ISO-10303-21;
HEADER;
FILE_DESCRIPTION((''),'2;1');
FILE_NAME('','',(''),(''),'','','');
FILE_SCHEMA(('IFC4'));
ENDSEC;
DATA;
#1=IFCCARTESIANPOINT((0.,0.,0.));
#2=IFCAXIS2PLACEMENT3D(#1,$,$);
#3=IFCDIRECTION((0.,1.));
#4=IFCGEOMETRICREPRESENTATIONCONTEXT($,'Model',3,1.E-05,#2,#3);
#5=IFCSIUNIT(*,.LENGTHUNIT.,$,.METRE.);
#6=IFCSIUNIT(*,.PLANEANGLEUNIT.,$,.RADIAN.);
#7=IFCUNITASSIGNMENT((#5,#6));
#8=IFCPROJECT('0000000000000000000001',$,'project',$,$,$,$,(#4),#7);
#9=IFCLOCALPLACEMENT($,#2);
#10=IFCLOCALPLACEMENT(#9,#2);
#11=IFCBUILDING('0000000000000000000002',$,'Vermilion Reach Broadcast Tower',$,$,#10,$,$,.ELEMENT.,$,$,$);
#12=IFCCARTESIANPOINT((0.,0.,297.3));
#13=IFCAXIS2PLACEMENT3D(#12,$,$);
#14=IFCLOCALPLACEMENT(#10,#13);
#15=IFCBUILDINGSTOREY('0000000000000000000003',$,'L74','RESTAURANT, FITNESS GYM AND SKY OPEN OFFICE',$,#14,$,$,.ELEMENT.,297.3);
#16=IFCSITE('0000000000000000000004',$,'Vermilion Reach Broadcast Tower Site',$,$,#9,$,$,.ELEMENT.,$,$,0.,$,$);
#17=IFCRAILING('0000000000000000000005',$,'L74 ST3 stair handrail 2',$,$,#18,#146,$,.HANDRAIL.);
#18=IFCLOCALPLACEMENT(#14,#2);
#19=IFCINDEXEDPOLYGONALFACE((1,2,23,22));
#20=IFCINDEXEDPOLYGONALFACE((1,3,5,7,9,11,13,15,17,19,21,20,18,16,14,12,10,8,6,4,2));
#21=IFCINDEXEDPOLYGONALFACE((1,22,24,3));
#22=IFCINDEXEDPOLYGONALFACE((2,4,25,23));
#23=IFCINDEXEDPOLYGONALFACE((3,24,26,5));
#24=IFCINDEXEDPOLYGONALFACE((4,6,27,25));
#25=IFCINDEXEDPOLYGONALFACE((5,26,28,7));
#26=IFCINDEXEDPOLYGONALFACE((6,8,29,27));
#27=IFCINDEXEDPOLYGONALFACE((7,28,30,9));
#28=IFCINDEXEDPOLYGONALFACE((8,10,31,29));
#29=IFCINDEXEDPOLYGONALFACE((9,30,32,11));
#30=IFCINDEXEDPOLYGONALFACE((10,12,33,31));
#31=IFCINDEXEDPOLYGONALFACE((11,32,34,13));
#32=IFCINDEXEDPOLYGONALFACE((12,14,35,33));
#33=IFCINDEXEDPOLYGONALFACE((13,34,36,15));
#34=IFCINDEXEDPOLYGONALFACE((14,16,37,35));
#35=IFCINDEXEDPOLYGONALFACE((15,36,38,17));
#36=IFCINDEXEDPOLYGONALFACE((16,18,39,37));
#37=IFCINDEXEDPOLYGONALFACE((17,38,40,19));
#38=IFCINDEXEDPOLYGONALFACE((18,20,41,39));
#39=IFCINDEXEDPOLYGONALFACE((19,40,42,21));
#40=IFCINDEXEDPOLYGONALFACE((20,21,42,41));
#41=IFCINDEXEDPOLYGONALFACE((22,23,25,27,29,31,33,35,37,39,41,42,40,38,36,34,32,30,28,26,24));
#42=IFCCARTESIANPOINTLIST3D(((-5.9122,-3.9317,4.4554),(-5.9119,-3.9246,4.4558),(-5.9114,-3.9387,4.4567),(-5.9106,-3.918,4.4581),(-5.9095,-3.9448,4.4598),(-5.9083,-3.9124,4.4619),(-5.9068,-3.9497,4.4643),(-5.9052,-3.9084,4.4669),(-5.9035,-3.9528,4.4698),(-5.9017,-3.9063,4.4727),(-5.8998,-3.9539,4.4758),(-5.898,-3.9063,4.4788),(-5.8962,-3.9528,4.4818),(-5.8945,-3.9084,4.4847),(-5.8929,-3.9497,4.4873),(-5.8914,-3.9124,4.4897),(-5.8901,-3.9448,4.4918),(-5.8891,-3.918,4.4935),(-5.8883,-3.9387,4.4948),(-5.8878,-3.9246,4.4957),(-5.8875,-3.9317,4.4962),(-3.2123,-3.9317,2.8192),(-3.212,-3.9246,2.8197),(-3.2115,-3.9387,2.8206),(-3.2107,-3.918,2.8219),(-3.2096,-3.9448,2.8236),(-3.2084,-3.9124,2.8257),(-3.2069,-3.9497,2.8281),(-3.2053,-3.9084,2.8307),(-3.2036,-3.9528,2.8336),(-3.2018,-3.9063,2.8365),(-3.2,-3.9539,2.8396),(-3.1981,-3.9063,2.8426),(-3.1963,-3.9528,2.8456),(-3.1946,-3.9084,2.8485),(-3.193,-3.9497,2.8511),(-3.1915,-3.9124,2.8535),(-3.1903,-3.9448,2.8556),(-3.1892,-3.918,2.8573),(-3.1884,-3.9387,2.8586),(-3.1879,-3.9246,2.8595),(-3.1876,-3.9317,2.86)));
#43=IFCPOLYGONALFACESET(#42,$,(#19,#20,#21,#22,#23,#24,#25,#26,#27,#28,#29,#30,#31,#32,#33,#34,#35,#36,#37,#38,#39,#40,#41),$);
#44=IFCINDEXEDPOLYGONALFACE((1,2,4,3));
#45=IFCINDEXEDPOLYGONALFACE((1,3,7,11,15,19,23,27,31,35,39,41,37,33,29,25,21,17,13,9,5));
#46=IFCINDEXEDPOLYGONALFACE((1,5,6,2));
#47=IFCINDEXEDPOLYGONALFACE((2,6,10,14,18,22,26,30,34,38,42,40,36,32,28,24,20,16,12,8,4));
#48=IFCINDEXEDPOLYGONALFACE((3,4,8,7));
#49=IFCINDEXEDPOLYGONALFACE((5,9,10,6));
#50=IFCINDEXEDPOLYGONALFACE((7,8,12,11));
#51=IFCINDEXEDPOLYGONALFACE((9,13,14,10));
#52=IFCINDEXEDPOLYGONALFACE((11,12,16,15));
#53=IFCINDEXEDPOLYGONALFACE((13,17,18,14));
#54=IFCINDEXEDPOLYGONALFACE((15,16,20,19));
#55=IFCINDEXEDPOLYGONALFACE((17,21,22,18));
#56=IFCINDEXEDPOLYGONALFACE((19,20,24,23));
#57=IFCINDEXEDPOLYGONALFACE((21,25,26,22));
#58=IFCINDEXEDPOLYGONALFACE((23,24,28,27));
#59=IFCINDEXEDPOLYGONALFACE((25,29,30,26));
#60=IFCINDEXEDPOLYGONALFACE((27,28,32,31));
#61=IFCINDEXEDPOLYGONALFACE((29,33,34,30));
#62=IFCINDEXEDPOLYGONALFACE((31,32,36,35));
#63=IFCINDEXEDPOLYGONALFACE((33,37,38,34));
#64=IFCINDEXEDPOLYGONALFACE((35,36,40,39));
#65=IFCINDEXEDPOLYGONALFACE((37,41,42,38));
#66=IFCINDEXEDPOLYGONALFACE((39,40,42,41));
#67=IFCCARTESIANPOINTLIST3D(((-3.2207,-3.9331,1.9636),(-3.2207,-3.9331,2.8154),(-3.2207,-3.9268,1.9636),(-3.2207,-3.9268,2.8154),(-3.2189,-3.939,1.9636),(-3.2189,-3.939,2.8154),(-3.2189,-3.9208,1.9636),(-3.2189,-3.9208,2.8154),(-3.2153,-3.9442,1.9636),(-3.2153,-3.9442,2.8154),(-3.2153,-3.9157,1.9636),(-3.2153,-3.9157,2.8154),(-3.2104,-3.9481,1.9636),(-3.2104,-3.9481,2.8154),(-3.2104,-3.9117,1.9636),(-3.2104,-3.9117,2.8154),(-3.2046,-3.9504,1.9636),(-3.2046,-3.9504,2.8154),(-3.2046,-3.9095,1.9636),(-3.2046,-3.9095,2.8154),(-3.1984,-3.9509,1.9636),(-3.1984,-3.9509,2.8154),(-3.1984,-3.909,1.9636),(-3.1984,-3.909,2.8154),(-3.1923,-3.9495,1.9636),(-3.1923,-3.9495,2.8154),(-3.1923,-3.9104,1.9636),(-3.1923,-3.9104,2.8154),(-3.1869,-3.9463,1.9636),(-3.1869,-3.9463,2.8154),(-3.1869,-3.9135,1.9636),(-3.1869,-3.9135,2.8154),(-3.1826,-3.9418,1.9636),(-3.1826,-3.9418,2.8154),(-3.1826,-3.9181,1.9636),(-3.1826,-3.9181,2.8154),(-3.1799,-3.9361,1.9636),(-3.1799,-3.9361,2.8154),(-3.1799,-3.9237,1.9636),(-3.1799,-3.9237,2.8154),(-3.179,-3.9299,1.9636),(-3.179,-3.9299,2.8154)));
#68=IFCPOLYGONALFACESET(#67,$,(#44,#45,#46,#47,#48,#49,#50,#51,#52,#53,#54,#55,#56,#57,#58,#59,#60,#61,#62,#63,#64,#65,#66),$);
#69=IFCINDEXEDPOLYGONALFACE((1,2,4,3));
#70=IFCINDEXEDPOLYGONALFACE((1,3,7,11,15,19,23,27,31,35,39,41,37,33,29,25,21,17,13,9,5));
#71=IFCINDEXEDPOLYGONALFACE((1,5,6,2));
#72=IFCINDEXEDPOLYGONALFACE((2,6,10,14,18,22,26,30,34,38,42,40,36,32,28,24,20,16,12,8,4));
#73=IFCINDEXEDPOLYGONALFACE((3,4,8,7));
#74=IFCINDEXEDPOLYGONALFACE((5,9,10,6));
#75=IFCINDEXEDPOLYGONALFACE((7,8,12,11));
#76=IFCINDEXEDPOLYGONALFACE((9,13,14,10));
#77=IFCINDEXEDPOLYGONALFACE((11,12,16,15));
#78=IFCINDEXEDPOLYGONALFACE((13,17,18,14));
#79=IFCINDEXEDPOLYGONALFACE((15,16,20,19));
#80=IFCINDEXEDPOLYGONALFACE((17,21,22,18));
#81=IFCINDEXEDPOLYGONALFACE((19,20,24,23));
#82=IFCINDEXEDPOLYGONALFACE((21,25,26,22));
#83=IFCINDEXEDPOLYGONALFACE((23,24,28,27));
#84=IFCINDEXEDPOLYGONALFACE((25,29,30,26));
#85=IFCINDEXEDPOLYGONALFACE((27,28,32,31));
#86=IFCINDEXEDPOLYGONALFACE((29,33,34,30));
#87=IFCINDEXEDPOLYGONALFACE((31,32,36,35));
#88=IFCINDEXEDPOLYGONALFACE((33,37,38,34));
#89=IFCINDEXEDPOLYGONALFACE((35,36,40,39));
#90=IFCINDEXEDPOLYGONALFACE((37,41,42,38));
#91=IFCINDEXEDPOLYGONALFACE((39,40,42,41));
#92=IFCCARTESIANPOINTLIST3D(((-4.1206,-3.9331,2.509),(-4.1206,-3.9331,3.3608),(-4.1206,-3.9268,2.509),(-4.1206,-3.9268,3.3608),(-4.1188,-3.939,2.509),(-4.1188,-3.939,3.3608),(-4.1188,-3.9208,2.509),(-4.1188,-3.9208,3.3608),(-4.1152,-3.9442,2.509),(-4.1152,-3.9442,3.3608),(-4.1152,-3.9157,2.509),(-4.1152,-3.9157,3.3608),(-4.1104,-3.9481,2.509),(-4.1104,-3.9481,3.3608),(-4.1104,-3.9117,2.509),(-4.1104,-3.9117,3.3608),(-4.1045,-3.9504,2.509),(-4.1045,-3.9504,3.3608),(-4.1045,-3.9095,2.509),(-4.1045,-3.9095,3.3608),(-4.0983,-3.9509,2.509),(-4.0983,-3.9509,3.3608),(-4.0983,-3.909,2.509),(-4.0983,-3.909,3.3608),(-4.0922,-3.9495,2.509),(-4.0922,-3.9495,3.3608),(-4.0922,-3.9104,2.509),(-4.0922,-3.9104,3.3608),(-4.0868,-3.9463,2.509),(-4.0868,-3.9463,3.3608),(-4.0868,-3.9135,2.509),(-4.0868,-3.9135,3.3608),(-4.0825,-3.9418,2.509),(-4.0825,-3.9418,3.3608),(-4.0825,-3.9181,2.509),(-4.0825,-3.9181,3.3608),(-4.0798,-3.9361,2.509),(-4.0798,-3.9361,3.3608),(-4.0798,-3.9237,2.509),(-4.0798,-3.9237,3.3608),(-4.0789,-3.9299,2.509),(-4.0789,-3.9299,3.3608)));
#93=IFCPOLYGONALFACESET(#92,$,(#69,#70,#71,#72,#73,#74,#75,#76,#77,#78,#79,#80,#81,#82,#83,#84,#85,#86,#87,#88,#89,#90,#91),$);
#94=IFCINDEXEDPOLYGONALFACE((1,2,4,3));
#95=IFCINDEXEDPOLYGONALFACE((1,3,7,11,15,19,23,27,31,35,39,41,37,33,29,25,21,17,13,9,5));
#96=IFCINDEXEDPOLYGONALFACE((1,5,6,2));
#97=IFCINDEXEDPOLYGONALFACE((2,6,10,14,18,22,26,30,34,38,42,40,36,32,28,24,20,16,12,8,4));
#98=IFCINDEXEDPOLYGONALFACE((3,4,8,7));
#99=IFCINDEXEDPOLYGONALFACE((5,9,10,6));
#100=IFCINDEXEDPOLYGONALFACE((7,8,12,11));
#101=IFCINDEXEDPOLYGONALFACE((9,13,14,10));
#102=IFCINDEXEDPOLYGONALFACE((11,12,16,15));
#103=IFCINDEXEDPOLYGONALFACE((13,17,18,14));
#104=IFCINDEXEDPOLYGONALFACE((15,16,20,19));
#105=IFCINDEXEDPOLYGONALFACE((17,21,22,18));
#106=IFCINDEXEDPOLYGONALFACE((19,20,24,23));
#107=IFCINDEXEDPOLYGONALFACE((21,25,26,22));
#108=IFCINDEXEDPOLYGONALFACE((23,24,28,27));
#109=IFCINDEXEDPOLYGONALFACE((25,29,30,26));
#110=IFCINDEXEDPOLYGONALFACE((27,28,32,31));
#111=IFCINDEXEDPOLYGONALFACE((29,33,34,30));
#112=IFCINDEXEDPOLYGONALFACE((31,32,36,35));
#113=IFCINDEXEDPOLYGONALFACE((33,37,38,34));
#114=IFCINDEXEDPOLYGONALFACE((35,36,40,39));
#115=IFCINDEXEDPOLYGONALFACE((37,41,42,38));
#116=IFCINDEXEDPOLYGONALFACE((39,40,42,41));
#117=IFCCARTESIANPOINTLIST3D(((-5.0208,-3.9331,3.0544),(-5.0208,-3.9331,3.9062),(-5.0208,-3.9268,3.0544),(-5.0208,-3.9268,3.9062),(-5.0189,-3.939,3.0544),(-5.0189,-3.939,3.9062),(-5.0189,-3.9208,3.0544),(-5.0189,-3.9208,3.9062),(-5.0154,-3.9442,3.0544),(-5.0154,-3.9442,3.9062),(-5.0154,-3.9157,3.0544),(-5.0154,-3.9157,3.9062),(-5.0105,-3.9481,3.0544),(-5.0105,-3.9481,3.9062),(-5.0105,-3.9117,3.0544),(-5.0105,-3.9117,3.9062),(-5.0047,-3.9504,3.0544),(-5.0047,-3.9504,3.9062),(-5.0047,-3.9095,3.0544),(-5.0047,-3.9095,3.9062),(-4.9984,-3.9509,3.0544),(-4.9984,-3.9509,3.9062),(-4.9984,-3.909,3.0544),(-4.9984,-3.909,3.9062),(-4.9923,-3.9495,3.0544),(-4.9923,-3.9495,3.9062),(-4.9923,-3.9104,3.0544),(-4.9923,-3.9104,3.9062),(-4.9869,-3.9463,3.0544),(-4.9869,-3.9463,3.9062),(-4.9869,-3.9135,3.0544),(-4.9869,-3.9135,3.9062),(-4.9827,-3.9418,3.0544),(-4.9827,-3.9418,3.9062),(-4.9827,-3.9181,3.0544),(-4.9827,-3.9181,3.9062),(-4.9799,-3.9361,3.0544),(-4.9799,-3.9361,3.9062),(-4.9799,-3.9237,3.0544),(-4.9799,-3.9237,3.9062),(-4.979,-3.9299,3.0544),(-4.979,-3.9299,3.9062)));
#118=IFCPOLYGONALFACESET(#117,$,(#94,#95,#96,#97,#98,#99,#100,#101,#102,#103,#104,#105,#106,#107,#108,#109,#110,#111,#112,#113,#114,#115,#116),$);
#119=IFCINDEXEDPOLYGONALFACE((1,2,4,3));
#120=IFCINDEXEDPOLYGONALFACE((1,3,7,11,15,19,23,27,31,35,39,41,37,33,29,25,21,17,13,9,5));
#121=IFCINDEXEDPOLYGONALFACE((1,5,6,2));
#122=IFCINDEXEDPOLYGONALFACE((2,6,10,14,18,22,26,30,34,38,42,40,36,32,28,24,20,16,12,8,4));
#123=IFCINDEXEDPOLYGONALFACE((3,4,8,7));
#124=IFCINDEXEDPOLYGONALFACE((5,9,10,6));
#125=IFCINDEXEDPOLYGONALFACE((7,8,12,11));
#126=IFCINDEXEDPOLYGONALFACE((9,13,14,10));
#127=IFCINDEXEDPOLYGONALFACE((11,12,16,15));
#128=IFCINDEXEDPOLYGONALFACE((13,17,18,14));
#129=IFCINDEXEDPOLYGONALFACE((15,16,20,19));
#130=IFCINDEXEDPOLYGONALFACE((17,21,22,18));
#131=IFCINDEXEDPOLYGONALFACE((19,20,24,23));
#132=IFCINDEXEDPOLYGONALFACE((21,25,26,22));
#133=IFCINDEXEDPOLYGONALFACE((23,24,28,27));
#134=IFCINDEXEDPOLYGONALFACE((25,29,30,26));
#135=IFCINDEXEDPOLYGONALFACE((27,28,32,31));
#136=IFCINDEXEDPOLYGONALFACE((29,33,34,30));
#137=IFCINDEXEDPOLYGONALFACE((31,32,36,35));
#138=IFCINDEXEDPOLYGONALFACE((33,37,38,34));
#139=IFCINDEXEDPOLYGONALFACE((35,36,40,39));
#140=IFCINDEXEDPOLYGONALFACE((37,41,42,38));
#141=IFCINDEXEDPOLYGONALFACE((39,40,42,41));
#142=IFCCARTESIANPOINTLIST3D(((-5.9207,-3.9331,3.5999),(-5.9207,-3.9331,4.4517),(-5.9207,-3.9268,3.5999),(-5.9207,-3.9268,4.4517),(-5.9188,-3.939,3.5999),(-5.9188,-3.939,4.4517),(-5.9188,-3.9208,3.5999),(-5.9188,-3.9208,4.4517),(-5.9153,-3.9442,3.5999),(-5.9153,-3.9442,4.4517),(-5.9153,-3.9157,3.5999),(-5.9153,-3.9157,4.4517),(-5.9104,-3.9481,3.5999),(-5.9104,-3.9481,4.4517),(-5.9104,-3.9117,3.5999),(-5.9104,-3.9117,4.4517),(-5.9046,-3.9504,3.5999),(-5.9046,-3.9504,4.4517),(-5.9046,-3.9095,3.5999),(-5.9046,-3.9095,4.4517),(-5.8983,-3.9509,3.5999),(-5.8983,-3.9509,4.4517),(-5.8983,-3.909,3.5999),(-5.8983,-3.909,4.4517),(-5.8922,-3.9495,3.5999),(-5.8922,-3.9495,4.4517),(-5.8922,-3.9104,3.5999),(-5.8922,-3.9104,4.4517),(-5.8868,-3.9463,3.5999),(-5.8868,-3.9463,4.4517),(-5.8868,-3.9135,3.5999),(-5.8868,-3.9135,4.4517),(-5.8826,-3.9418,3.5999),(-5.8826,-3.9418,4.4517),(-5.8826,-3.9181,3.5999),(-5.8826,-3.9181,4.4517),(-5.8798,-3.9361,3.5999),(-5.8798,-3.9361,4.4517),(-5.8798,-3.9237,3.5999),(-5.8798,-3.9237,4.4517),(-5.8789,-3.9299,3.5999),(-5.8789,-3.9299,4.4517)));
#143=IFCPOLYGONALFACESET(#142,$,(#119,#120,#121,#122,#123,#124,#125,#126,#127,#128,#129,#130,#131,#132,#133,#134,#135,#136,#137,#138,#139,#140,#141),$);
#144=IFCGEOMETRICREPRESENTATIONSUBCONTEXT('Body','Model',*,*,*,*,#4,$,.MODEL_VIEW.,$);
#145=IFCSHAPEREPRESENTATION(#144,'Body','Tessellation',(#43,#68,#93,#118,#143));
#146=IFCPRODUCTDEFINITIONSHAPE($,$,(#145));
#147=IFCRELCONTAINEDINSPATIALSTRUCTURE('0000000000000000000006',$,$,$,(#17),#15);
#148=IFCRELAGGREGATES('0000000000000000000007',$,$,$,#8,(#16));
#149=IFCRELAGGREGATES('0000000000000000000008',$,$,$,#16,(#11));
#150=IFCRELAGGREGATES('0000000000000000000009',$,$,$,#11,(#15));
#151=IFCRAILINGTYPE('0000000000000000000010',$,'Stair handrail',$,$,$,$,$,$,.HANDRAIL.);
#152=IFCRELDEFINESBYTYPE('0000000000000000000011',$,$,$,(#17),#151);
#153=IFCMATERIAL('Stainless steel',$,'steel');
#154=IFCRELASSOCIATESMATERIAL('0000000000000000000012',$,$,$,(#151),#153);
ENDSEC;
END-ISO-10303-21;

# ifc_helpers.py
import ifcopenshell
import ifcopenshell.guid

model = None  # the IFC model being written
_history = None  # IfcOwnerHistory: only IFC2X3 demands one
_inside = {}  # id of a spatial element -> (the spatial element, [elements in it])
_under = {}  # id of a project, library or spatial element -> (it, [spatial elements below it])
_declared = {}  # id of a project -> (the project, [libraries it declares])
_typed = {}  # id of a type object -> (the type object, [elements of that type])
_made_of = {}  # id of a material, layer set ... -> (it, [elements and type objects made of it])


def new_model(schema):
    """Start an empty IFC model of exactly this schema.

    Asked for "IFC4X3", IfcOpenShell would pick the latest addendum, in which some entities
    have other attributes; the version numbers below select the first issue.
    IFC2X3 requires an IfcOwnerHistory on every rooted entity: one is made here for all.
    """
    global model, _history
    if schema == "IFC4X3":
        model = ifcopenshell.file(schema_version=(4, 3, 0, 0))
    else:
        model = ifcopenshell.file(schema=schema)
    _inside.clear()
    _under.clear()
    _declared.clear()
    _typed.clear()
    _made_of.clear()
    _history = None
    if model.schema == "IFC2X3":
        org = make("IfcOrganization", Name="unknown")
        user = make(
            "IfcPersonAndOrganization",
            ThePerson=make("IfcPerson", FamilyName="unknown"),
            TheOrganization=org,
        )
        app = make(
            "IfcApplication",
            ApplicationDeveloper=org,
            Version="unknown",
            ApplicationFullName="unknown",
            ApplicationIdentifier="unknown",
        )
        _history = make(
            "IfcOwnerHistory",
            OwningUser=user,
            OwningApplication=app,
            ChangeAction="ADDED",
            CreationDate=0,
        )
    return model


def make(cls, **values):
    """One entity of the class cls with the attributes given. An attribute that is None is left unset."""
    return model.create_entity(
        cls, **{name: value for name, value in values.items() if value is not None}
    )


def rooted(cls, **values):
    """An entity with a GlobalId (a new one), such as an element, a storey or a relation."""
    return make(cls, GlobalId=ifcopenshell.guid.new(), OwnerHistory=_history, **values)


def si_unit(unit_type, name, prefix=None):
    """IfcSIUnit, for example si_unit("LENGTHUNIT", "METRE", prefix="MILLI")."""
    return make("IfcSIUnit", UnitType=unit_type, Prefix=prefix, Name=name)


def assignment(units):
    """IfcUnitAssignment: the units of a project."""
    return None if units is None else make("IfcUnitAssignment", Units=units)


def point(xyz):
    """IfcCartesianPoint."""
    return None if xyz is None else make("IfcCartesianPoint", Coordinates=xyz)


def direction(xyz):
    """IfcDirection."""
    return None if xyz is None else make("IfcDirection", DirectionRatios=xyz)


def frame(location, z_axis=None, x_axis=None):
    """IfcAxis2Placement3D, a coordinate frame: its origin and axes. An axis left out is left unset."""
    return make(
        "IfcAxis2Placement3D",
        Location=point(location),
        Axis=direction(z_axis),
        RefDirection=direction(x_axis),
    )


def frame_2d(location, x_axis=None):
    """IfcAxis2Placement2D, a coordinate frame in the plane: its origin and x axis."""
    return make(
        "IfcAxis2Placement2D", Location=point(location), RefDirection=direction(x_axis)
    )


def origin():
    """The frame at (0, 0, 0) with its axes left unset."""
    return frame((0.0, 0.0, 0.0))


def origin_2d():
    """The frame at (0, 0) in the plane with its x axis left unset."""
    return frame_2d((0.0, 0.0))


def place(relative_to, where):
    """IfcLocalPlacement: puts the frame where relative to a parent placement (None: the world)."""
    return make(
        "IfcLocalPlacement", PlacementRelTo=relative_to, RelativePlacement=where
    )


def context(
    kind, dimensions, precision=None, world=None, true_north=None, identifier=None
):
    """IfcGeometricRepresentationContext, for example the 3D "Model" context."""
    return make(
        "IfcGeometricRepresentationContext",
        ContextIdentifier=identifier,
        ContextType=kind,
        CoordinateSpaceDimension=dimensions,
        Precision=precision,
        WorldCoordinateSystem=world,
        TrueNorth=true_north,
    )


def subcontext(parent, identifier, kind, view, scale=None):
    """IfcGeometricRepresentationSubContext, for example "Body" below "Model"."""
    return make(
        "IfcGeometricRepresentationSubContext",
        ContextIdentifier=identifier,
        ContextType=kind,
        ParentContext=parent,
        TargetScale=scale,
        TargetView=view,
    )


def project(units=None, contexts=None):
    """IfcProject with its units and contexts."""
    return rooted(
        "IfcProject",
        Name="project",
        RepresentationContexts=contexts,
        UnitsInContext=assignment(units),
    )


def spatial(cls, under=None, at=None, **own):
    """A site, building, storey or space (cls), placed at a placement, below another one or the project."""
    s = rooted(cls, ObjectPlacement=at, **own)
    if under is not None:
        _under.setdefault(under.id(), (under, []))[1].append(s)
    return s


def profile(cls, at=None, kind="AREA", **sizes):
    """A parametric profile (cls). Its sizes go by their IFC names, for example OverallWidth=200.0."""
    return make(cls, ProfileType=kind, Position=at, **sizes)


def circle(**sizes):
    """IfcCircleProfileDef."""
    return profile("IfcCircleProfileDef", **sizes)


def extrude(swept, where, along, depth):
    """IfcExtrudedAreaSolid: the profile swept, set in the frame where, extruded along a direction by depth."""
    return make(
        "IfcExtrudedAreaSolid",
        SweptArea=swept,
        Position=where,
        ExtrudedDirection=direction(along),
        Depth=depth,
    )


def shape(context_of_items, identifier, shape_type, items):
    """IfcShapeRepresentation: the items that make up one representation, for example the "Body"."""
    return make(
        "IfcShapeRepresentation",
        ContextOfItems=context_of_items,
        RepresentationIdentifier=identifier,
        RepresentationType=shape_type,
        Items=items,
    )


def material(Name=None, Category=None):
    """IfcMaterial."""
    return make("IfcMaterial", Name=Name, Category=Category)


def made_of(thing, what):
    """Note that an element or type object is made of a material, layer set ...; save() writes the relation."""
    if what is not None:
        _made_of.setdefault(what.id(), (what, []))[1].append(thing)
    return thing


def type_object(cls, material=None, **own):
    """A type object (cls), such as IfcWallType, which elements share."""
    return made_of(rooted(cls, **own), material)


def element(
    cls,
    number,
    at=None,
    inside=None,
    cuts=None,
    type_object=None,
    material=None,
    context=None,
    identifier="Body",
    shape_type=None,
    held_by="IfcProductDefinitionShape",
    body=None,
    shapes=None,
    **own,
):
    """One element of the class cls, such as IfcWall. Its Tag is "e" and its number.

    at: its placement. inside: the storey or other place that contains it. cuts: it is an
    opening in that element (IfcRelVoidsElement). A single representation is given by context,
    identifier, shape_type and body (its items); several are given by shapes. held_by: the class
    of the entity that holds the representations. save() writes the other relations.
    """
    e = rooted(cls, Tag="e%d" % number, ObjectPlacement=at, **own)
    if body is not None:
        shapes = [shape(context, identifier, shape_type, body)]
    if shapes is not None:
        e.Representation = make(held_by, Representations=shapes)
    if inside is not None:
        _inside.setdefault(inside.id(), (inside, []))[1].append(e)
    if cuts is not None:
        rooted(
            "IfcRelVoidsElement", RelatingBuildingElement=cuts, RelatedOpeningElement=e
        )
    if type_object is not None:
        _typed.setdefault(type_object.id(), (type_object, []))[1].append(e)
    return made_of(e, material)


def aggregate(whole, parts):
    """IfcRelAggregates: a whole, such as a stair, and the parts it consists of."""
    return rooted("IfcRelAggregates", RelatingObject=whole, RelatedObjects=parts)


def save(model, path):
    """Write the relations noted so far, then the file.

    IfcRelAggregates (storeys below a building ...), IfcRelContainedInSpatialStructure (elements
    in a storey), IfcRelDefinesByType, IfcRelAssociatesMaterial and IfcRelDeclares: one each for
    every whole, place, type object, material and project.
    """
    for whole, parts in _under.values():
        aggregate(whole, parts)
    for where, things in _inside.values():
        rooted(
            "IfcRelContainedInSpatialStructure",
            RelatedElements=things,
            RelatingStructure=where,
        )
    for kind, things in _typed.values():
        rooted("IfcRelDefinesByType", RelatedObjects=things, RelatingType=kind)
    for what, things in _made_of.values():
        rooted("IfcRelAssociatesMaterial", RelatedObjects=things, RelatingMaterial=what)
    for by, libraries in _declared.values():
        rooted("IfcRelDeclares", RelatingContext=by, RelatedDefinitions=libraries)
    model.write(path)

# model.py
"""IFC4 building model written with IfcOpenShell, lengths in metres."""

from ifc_helpers import new_model, si_unit, direction, frame, origin, origin_2d, place, context, subcontext, project, spatial, circle, extrude, material, type_object, element, save


model = new_model("IFC4")

# Units and contexts
model_context = context("Model", 3, precision=1e-05, world=origin(), true_north=direction((0.0, 1.0)))
body_context = subcontext(model_context, "Body", "Model", "MODEL_VIEW")
ifc_project = project(units=[si_unit("LENGTHUNIT", "METRE"), si_unit("PLANEANGLEUNIT", "RADIAN")], contexts=[model_context])

# Site, building, storey
site_placement = place(None, origin())
site = spatial("IfcSite", under=ifc_project, at=site_placement, Name="Vermilion Reach Broadcast Tower Site", CompositionType="ELEMENT", RefElevation=0.0)
building_placement = place(site_placement, origin())
building = spatial("IfcBuilding", under=site, at=building_placement, Name="Vermilion Reach Broadcast Tower", CompositionType="ELEMENT")
storey_placement = place(building_placement, frame((0.0, 0.0, 297.3)))
storey = spatial("IfcBuildingStorey", under=building, at=storey_placement, Name="L74", Description="RESTAURANT, FITNESS GYM AND SKY OPEN OFFICE", CompositionType="ELEMENT", Elevation=297.3)

# Railing
ifc_material_1 = material(Name="Stainless steel", Category="steel")
railing_type_1 = type_object("IfcRailingType", Name="Stair handrail", PredefinedType="HANDRAIL", material=ifc_material_1)
railing_1_placement = place(storey_placement, frame((-3.2, -3.9299, 1.9636)))
element("IfcRailing", 1, at=railing_1_placement, inside=storey, type_object=railing_type_1, Name="L74 ST3 stair handrail 2", PredefinedType="HANDRAIL", context=body_context, shape_type="SweptSolid", body=[
    extrude(circle(Radius=0.0239, at=origin_2d()), frame((0.0, 0.0, 0.876), z_axis=(-0.855212, 0.0, 0.518278), x_axis=(0.0, -1.0, 0.0)), (0.0, 0.0, 1.0), 3.157),
    extrude(circle(Radius=0.021, at=origin_2d()), origin(), (0.0, 0.0, 1.0), 0.8518),
    extrude(circle(Radius=0.021, at=origin_2d()), frame((-0.8999, 0.0, 0.5454)), (0.0, 0.0, 1.0), 0.8518),
    extrude(circle(Radius=0.021, at=origin_2d()), frame((-1.8, 0.0, 1.0908)), (0.0, 0.0, 1.0), 0.8518),
    extrude(circle(Radius=0.021, at=origin_2d()), frame((-2.7, 0.0, 1.6362)), (0.0, 0.0, 1.0), 0.8518),
])

save(model, "model.ifc")
